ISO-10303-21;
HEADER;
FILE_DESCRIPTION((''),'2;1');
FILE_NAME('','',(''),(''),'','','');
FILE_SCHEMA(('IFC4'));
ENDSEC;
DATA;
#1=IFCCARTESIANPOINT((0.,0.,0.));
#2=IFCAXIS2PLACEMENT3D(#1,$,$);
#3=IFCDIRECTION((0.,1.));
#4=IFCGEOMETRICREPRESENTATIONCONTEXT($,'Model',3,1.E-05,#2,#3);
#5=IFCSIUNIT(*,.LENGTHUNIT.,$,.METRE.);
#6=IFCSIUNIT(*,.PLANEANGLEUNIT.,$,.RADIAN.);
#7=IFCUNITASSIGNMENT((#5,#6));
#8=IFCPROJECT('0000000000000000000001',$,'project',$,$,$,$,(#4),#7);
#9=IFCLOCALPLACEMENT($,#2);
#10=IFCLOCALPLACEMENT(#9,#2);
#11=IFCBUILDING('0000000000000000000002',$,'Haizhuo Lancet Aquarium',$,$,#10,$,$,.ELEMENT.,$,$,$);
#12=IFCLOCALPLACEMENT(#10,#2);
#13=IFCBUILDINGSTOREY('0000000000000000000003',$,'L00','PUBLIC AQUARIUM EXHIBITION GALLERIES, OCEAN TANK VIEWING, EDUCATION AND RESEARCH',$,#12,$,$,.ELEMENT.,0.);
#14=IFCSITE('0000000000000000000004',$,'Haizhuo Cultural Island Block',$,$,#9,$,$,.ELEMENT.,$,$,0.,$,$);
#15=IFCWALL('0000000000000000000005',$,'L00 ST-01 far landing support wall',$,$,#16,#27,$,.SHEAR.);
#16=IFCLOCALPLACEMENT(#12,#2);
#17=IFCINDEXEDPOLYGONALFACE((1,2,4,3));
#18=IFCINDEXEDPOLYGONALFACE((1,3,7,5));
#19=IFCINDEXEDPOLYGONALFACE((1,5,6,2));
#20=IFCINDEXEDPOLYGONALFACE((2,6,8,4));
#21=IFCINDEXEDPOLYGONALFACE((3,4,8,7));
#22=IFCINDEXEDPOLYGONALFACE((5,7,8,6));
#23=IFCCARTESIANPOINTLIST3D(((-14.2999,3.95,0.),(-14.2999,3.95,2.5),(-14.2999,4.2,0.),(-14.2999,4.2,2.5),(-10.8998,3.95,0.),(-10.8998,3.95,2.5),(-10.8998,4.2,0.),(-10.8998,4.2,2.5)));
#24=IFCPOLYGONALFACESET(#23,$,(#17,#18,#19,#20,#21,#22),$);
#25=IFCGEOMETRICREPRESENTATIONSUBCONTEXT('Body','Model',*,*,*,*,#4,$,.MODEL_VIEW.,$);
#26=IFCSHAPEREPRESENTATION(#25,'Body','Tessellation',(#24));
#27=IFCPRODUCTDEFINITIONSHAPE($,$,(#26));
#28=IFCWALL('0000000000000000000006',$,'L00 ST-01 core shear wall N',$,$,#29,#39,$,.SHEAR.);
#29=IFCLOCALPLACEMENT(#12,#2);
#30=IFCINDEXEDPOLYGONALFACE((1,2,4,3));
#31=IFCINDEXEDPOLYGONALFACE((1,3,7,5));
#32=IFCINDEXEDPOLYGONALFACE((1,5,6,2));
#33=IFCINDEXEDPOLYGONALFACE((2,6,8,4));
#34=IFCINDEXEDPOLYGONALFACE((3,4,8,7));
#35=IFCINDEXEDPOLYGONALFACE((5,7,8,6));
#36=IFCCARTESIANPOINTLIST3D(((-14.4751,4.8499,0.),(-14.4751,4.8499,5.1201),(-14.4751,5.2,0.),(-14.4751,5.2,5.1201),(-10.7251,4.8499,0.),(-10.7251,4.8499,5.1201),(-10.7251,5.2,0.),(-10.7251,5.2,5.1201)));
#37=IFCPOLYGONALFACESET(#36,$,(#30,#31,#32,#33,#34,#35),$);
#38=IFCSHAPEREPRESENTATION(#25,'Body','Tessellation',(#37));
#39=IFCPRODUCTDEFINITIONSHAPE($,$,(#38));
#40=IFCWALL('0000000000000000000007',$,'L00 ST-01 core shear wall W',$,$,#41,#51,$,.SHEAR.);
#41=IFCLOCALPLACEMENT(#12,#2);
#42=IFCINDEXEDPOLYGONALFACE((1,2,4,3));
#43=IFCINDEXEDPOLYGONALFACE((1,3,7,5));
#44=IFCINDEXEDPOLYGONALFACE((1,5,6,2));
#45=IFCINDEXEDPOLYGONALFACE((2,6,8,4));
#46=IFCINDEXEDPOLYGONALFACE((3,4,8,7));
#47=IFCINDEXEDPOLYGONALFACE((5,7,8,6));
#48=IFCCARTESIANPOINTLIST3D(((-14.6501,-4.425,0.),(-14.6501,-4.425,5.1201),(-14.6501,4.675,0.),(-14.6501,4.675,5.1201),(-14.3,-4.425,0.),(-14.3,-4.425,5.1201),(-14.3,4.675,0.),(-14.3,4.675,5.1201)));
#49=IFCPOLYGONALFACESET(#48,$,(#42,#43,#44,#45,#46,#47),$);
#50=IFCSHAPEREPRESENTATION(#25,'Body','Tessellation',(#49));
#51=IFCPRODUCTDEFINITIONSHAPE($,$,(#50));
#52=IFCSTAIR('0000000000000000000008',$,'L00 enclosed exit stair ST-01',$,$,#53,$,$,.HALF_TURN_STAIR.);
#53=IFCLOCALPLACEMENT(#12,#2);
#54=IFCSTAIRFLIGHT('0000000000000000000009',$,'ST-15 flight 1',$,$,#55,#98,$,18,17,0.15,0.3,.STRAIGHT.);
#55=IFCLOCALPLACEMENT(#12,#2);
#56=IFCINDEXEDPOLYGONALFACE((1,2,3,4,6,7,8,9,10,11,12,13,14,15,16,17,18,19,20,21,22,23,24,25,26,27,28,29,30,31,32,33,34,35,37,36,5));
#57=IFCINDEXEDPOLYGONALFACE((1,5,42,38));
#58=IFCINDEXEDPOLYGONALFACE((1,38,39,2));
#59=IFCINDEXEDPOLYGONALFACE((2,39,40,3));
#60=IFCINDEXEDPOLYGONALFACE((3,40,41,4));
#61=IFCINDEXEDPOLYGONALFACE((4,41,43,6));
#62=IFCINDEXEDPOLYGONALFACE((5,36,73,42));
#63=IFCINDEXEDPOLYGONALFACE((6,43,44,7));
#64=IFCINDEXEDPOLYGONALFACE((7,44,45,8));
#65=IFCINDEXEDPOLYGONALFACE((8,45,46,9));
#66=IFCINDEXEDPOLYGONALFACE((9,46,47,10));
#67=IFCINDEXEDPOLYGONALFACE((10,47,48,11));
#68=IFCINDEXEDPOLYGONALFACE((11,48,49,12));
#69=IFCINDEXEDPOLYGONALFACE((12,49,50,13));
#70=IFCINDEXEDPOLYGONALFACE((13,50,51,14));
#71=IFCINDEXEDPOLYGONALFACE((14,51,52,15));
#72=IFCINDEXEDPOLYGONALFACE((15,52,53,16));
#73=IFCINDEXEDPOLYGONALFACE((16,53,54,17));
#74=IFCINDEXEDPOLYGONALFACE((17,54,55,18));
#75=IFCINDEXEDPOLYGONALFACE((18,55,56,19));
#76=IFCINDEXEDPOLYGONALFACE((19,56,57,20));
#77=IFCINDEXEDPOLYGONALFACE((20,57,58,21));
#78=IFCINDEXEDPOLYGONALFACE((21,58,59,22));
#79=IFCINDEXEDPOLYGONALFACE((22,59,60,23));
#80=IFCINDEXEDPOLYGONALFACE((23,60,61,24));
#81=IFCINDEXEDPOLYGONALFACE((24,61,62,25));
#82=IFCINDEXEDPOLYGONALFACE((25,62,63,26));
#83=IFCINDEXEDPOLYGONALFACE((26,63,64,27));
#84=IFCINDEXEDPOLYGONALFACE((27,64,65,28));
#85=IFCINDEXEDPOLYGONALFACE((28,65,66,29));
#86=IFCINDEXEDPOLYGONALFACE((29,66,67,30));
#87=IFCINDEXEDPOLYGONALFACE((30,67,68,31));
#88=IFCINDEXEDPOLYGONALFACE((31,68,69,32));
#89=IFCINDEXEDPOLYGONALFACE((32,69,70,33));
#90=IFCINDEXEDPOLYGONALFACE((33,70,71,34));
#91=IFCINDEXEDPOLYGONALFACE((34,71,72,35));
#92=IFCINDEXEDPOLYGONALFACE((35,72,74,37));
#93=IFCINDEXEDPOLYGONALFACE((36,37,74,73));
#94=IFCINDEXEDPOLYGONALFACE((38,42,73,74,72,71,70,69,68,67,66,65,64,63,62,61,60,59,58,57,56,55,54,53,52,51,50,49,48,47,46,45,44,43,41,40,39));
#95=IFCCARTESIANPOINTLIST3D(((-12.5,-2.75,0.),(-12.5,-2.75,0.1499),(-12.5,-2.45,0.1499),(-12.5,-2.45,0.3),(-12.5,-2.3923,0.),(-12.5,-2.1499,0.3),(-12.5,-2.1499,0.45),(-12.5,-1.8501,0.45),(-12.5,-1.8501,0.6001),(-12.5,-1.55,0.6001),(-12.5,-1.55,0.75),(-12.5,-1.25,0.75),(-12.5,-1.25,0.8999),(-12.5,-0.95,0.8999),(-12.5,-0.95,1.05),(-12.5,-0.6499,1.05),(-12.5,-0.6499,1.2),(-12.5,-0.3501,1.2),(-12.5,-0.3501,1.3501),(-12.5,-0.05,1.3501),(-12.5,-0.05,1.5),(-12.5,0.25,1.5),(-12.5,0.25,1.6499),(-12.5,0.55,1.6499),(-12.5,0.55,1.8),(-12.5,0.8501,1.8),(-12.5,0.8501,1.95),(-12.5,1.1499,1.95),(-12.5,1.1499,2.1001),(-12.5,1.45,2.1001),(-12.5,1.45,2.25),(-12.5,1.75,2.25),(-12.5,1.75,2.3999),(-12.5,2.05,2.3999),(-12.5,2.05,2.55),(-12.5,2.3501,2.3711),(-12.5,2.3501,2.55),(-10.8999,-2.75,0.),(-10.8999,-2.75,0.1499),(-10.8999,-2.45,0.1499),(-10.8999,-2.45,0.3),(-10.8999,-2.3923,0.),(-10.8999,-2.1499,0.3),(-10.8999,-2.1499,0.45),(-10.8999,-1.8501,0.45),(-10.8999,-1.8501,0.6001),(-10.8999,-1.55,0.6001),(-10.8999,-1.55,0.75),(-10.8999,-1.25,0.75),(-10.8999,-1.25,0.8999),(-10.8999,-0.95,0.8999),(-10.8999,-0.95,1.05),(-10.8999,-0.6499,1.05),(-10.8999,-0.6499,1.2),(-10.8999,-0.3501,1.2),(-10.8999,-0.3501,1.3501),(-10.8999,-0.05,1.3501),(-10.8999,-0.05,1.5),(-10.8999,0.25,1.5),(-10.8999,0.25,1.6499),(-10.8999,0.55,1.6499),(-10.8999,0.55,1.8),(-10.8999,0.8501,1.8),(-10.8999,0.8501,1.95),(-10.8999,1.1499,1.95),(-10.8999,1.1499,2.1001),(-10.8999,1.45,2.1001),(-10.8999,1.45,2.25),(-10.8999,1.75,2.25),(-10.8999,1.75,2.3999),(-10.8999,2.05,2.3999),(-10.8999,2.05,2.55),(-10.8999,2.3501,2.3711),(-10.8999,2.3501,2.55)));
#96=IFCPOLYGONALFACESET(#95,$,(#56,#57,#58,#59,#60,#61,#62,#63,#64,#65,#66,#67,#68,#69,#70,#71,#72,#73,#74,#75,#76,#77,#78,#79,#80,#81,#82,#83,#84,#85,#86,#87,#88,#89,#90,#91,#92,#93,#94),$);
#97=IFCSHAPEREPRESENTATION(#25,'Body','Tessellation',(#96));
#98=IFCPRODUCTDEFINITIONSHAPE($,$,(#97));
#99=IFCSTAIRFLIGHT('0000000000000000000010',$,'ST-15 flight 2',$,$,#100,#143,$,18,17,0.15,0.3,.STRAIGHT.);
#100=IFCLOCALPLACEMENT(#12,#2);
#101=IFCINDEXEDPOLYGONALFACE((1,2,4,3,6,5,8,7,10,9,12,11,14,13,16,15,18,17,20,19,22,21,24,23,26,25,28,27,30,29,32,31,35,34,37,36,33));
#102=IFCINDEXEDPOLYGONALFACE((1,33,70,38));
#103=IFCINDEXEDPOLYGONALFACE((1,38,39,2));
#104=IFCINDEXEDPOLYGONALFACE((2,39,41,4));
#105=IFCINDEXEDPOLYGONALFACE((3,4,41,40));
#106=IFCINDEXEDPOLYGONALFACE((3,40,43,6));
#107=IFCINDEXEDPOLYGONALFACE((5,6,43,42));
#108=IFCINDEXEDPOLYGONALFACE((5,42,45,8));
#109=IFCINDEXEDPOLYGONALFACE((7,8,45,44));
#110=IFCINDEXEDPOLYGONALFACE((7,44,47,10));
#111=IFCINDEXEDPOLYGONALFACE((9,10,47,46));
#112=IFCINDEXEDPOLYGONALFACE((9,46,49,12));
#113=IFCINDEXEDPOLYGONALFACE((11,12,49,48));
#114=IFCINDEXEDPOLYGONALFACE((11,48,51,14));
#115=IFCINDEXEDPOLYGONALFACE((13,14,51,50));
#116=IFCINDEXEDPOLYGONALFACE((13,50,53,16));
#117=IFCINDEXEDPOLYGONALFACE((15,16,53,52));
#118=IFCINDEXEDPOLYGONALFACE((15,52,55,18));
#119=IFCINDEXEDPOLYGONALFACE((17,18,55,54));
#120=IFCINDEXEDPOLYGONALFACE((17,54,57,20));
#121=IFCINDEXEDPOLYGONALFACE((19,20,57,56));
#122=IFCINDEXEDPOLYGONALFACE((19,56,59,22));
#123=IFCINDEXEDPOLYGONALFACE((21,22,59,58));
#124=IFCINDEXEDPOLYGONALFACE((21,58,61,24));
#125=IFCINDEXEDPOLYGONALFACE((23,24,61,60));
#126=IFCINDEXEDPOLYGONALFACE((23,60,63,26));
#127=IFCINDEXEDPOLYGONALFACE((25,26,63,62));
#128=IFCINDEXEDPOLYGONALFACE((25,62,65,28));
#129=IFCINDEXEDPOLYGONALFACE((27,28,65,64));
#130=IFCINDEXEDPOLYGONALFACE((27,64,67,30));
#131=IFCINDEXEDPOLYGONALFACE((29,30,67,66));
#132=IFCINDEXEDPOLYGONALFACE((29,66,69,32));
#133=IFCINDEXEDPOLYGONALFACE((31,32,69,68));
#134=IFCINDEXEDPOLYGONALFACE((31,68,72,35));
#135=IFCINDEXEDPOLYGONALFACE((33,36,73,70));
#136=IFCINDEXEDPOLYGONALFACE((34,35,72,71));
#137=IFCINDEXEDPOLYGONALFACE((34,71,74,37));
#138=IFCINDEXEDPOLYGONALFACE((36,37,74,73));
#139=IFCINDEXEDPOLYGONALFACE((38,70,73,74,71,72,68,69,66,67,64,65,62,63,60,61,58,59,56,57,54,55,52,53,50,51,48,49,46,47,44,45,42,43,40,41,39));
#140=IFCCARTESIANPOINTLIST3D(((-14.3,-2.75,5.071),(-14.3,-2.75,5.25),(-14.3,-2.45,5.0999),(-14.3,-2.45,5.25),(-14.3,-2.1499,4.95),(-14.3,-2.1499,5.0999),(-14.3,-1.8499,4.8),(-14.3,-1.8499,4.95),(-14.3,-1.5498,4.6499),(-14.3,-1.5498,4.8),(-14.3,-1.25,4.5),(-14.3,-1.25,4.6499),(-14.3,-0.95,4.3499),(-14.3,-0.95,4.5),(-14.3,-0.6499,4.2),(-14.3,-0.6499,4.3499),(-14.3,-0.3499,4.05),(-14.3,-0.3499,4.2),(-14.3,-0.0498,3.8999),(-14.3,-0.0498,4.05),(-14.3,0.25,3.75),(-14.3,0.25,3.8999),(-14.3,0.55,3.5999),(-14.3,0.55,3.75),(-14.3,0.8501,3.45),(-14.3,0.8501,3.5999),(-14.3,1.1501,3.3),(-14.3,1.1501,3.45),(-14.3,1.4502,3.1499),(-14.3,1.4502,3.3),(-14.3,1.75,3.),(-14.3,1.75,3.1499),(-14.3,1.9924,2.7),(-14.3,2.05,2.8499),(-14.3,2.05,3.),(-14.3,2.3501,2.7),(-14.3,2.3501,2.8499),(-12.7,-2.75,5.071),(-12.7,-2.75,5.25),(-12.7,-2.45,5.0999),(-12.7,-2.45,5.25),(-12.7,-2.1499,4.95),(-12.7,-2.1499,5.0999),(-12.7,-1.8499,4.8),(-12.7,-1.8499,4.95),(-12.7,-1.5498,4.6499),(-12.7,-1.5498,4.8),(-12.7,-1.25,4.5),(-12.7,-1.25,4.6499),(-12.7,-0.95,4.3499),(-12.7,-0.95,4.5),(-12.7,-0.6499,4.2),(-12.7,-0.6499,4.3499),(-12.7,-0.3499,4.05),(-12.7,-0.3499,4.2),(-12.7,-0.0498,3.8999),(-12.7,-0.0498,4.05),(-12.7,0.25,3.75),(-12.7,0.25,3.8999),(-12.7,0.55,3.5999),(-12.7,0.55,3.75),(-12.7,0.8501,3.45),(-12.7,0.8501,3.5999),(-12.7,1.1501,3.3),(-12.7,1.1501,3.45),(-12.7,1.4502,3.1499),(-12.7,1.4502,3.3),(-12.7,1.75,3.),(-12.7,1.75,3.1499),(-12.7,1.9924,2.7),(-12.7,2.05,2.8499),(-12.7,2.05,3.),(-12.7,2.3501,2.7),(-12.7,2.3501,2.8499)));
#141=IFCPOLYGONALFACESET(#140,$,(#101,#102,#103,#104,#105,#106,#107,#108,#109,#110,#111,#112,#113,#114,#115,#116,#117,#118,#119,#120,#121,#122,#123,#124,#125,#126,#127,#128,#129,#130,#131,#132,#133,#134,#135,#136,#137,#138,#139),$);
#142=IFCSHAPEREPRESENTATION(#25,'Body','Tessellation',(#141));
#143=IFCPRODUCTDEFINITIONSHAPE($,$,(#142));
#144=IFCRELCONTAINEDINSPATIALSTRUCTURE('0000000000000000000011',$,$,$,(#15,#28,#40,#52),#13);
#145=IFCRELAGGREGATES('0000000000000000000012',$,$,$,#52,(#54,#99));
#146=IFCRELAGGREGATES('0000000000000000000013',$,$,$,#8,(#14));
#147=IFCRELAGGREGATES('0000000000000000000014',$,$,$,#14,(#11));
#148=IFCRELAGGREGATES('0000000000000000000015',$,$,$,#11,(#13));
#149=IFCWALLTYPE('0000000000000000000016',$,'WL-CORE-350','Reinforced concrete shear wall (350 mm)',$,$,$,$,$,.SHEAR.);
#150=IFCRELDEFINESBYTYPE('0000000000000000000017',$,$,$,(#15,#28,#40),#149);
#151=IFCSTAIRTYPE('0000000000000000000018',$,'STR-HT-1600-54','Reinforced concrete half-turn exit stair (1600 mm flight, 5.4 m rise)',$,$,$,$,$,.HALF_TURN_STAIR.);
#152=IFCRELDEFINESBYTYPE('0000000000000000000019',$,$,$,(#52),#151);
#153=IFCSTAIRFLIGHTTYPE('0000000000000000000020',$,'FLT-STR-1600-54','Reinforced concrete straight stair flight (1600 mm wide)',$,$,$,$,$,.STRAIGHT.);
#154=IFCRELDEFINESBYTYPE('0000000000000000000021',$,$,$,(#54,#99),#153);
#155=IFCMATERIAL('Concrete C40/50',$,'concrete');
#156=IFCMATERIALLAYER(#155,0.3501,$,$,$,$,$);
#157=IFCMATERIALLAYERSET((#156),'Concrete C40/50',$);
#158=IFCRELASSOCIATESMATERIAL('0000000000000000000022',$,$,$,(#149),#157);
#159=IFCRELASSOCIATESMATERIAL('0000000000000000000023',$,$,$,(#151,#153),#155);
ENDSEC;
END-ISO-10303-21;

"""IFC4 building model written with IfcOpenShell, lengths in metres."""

from ifc_helpers import new_model, si_unit, direction, frame, frame_2d, origin, place, context, subcontext, project, spatial, polyline, rectangle, outline, extrude, material, layer, layer_set, type_object, element, aggregate, save


model = new_model("IFC4")

# Units and contexts
model_context = context("Model", 3, precision=1e-05, world=origin(), true_north=direction((0.0, 1.0)))
body_context = subcontext(model_context, "Body", "Model", "MODEL_VIEW")
ifc_project = project(units=[si_unit("LENGTHUNIT", "METRE"), si_unit("PLANEANGLEUNIT", "RADIAN")], contexts=[model_context])

# Site, building, storey
site_placement = place(None, origin())
site = spatial("IfcSite", under=ifc_project, at=site_placement, Name="Haizhuo Cultural Island Block", CompositionType="ELEMENT", RefElevation=0.0)
building_placement = place(site_placement, origin())
building = spatial("IfcBuilding", under=site, at=building_placement, Name="Haizhuo Lancet Aquarium", CompositionType="ELEMENT")
storey_placement = place(building_placement, origin())
storey = spatial("IfcBuildingStorey", under=building, at=storey_placement, Name="L00", Description="PUBLIC AQUARIUM EXHIBITION GALLERIES, OCEAN TANK VIEWING, EDUCATION AND RESEARCH", CompositionType="ELEMENT", Elevation=0.0)

# Shared definitions
ifc_material_1 = material(Name="Concrete C40/50", Category="concrete")

# Walls
ifc_layer_1 = layer(ifc_material_1, 0.3501)
ifc_layer_set_1 = layer_set([ifc_layer_1], Name="Concrete C40/50")
wall_type_1 = type_object("IfcWallType", Name="WL-CORE-350", Description="Reinforced concrete shear wall (350 mm)", PredefinedType="SHEAR", material=ifc_layer_set_1)
for number, where, z_axis, x_axis, name in (
    (1, (-14.3, 4.075, 0.0), (0.0, 0.0, 1.0), (1.0, 0.0, 0.0), "L00 ST-01 far landing support wall"),
):
    element("IfcWall", number, at=place(storey_placement, frame(where, z_axis=z_axis, x_axis=x_axis)), inside=storey, type_object=wall_type_1, Name=name, PredefinedType="SHEAR", context=body_context, shape_type="SweptSolid", body=[
        extrude(rectangle(XDim=3.4001, YDim=0.25, at=frame_2d((1.7002, 0.0))), origin(), (0.0, 0.0, 1.0), 2.5),
    ])
wall_1_placement = place(storey_placement, frame((-14.4751, 5.0249, 0.0), z_axis=(0.0, 0.0, 1.0), x_axis=(1.0, 0.0, 0.0)))
element("IfcWall", 2, at=wall_1_placement, inside=storey, type_object=wall_type_1, Name="L00 ST-01 core shear wall N", PredefinedType="SHEAR", context=body_context, shape_type="SweptSolid", body=[
    extrude(rectangle(XDim=3.75, YDim=0.3501, at=frame_2d((1.875, 0.0))), origin(), (0.0, 0.0, 1.0), 5.1201),
])
wall_2_placement = place(storey_placement, frame((-14.4751, -4.425, 0.0), z_axis=(0.0, 0.0, 1.0), x_axis=(0.0, 1.0, 0.0)))
element("IfcWall", 3, at=wall_2_placement, inside=storey, type_object=wall_type_1, Name="L00 ST-01 core shear wall W", PredefinedType="SHEAR", context=body_context, shape_type="SweptSolid", body=[
    extrude(rectangle(XDim=9.1001, YDim=0.3501, at=frame_2d((4.55, 0.0))), origin(), (0.0, 0.0, 1.0), 5.1201),
])

# Stair, stair flights
stair_type = type_object("IfcStairType", Name="STR-HT-1600-54", Description="Reinforced concrete half-turn exit stair (1600 mm flight, 5.4 m rise)", PredefinedType="HALF_TURN_STAIR", material=ifc_material_1)
stair_placement = place(storey_placement, origin())
stair = element("IfcStair", 4, at=stair_placement, inside=storey, type_object=stair_type, Name="L00 enclosed exit stair ST-01", PredefinedType="HALF_TURN_STAIR")
stair_flight_type = type_object("IfcStairFlightType", Name="FLT-STR-1600-54", Description="Reinforced concrete straight stair flight (1600 mm wide)", PredefinedType="STRAIGHT", material=ifc_material_1)
stair_flight_1_placement = place(storey_placement, frame((-11.7, -2.75, 0.0), z_axis=(0.0, 0.0, 1.0), x_axis=(0.0, 1.0, 0.0)))
stair_flight_1 = element("IfcStairFlight", 5, at=stair_flight_1_placement, type_object=stair_flight_type, Name="ST-15 flight 1", NumberOfRisers=18, NumberOfTreads=17, PredefinedType="STRAIGHT", RiserHeight=0.15, TreadLength=0.3, context=body_context, shape_type="SweptSolid", body=[
    extrude(outline(polyline([(0.0, 0.0), (0.0, 0.1499), (0.3, 0.1499), (0.3, 0.3), (0.6001, 0.3), (0.6001, 0.45), (0.8999, 0.45), (0.8999, 0.6001), (1.2, 0.6001), (1.2, 0.75), (1.5, 0.75), (1.5, 0.8999), (1.8, 0.8999), (1.8, 1.05), (2.1001, 1.05), (2.1001, 1.2), (2.3999, 1.2), (2.3999, 1.3501), (2.7, 1.3501), (2.7, 1.5), (3.0, 1.5), (3.0, 1.6499), (3.3, 1.6499), (3.3, 1.8), (3.6001, 1.8), (3.6001, 1.95), (3.8999, 1.95), (3.8999, 2.1001), (4.2, 2.1001), (4.2, 2.25), (4.5, 2.25), (4.5, 2.3999), (4.8, 2.3999), (4.8, 2.55), (5.1001, 2.55), (5.1001, 2.7), (5.1001, 2.3711), (0.3577, 0.0), (0.0, 0.0)])), frame((0.0, 0.8, 0.0), z_axis=(0.0, -1.0, 0.0), x_axis=(1.0, 0.0, 0.0)), (0.0, 0.0, 1.0), 1.6001),
])
stair_flight_2_placement = place(storey_placement, frame((-13.5, 2.3501, 2.7), z_axis=(0.0, 0.0, 1.0), x_axis=(0.0, -1.0, 0.0)))
stair_flight_2 = element("IfcStairFlight", 6, at=stair_flight_2_placement, type_object=stair_flight_type, Name="ST-15 flight 2", NumberOfRisers=18, NumberOfTreads=17, PredefinedType="STRAIGHT", RiserHeight=0.15, TreadLength=0.3, context=body_context, shape_type="SweptSolid", body=[
    extrude(outline(polyline([(0.0, 0.0), (0.0, 0.1499), (0.3, 0.1499), (0.3, 0.3), (0.6001, 0.3), (0.6001, 0.45), (0.8999, 0.45), (0.8999, 0.6001), (1.2, 0.6001), (1.2, 0.75), (1.5, 0.75), (1.5, 0.8999), (1.8, 0.8999), (1.8, 1.05), (2.1001, 1.05), (2.1001, 1.2), (2.3999, 1.2), (2.3999, 1.3501), (2.7, 1.3501), (2.7, 1.5), (3.0, 1.5), (3.0, 1.6499), (3.3, 1.6499), (3.3, 1.8), (3.6001, 1.8), (3.6001, 1.95), (3.8999, 1.95), (3.8999, 2.1001), (4.2, 2.1001), (4.2, 2.25), (4.5, 2.25), (4.5, 2.3999), (4.8, 2.3999), (4.8, 2.55), (5.1001, 2.55), (5.1001, 2.7), (5.1001, 2.3711), (0.3577, 0.0), (0.0, 0.0)])), frame((0.0, 0.8, 0.0), z_axis=(0.0, -1.0, 0.0), x_axis=(1.0, 0.0, 0.0)), (0.0, 0.0, 1.0), 1.6001),
])
aggregate(stair, [stair_flight_1, stair_flight_2])

save(model, "model.ifc")
